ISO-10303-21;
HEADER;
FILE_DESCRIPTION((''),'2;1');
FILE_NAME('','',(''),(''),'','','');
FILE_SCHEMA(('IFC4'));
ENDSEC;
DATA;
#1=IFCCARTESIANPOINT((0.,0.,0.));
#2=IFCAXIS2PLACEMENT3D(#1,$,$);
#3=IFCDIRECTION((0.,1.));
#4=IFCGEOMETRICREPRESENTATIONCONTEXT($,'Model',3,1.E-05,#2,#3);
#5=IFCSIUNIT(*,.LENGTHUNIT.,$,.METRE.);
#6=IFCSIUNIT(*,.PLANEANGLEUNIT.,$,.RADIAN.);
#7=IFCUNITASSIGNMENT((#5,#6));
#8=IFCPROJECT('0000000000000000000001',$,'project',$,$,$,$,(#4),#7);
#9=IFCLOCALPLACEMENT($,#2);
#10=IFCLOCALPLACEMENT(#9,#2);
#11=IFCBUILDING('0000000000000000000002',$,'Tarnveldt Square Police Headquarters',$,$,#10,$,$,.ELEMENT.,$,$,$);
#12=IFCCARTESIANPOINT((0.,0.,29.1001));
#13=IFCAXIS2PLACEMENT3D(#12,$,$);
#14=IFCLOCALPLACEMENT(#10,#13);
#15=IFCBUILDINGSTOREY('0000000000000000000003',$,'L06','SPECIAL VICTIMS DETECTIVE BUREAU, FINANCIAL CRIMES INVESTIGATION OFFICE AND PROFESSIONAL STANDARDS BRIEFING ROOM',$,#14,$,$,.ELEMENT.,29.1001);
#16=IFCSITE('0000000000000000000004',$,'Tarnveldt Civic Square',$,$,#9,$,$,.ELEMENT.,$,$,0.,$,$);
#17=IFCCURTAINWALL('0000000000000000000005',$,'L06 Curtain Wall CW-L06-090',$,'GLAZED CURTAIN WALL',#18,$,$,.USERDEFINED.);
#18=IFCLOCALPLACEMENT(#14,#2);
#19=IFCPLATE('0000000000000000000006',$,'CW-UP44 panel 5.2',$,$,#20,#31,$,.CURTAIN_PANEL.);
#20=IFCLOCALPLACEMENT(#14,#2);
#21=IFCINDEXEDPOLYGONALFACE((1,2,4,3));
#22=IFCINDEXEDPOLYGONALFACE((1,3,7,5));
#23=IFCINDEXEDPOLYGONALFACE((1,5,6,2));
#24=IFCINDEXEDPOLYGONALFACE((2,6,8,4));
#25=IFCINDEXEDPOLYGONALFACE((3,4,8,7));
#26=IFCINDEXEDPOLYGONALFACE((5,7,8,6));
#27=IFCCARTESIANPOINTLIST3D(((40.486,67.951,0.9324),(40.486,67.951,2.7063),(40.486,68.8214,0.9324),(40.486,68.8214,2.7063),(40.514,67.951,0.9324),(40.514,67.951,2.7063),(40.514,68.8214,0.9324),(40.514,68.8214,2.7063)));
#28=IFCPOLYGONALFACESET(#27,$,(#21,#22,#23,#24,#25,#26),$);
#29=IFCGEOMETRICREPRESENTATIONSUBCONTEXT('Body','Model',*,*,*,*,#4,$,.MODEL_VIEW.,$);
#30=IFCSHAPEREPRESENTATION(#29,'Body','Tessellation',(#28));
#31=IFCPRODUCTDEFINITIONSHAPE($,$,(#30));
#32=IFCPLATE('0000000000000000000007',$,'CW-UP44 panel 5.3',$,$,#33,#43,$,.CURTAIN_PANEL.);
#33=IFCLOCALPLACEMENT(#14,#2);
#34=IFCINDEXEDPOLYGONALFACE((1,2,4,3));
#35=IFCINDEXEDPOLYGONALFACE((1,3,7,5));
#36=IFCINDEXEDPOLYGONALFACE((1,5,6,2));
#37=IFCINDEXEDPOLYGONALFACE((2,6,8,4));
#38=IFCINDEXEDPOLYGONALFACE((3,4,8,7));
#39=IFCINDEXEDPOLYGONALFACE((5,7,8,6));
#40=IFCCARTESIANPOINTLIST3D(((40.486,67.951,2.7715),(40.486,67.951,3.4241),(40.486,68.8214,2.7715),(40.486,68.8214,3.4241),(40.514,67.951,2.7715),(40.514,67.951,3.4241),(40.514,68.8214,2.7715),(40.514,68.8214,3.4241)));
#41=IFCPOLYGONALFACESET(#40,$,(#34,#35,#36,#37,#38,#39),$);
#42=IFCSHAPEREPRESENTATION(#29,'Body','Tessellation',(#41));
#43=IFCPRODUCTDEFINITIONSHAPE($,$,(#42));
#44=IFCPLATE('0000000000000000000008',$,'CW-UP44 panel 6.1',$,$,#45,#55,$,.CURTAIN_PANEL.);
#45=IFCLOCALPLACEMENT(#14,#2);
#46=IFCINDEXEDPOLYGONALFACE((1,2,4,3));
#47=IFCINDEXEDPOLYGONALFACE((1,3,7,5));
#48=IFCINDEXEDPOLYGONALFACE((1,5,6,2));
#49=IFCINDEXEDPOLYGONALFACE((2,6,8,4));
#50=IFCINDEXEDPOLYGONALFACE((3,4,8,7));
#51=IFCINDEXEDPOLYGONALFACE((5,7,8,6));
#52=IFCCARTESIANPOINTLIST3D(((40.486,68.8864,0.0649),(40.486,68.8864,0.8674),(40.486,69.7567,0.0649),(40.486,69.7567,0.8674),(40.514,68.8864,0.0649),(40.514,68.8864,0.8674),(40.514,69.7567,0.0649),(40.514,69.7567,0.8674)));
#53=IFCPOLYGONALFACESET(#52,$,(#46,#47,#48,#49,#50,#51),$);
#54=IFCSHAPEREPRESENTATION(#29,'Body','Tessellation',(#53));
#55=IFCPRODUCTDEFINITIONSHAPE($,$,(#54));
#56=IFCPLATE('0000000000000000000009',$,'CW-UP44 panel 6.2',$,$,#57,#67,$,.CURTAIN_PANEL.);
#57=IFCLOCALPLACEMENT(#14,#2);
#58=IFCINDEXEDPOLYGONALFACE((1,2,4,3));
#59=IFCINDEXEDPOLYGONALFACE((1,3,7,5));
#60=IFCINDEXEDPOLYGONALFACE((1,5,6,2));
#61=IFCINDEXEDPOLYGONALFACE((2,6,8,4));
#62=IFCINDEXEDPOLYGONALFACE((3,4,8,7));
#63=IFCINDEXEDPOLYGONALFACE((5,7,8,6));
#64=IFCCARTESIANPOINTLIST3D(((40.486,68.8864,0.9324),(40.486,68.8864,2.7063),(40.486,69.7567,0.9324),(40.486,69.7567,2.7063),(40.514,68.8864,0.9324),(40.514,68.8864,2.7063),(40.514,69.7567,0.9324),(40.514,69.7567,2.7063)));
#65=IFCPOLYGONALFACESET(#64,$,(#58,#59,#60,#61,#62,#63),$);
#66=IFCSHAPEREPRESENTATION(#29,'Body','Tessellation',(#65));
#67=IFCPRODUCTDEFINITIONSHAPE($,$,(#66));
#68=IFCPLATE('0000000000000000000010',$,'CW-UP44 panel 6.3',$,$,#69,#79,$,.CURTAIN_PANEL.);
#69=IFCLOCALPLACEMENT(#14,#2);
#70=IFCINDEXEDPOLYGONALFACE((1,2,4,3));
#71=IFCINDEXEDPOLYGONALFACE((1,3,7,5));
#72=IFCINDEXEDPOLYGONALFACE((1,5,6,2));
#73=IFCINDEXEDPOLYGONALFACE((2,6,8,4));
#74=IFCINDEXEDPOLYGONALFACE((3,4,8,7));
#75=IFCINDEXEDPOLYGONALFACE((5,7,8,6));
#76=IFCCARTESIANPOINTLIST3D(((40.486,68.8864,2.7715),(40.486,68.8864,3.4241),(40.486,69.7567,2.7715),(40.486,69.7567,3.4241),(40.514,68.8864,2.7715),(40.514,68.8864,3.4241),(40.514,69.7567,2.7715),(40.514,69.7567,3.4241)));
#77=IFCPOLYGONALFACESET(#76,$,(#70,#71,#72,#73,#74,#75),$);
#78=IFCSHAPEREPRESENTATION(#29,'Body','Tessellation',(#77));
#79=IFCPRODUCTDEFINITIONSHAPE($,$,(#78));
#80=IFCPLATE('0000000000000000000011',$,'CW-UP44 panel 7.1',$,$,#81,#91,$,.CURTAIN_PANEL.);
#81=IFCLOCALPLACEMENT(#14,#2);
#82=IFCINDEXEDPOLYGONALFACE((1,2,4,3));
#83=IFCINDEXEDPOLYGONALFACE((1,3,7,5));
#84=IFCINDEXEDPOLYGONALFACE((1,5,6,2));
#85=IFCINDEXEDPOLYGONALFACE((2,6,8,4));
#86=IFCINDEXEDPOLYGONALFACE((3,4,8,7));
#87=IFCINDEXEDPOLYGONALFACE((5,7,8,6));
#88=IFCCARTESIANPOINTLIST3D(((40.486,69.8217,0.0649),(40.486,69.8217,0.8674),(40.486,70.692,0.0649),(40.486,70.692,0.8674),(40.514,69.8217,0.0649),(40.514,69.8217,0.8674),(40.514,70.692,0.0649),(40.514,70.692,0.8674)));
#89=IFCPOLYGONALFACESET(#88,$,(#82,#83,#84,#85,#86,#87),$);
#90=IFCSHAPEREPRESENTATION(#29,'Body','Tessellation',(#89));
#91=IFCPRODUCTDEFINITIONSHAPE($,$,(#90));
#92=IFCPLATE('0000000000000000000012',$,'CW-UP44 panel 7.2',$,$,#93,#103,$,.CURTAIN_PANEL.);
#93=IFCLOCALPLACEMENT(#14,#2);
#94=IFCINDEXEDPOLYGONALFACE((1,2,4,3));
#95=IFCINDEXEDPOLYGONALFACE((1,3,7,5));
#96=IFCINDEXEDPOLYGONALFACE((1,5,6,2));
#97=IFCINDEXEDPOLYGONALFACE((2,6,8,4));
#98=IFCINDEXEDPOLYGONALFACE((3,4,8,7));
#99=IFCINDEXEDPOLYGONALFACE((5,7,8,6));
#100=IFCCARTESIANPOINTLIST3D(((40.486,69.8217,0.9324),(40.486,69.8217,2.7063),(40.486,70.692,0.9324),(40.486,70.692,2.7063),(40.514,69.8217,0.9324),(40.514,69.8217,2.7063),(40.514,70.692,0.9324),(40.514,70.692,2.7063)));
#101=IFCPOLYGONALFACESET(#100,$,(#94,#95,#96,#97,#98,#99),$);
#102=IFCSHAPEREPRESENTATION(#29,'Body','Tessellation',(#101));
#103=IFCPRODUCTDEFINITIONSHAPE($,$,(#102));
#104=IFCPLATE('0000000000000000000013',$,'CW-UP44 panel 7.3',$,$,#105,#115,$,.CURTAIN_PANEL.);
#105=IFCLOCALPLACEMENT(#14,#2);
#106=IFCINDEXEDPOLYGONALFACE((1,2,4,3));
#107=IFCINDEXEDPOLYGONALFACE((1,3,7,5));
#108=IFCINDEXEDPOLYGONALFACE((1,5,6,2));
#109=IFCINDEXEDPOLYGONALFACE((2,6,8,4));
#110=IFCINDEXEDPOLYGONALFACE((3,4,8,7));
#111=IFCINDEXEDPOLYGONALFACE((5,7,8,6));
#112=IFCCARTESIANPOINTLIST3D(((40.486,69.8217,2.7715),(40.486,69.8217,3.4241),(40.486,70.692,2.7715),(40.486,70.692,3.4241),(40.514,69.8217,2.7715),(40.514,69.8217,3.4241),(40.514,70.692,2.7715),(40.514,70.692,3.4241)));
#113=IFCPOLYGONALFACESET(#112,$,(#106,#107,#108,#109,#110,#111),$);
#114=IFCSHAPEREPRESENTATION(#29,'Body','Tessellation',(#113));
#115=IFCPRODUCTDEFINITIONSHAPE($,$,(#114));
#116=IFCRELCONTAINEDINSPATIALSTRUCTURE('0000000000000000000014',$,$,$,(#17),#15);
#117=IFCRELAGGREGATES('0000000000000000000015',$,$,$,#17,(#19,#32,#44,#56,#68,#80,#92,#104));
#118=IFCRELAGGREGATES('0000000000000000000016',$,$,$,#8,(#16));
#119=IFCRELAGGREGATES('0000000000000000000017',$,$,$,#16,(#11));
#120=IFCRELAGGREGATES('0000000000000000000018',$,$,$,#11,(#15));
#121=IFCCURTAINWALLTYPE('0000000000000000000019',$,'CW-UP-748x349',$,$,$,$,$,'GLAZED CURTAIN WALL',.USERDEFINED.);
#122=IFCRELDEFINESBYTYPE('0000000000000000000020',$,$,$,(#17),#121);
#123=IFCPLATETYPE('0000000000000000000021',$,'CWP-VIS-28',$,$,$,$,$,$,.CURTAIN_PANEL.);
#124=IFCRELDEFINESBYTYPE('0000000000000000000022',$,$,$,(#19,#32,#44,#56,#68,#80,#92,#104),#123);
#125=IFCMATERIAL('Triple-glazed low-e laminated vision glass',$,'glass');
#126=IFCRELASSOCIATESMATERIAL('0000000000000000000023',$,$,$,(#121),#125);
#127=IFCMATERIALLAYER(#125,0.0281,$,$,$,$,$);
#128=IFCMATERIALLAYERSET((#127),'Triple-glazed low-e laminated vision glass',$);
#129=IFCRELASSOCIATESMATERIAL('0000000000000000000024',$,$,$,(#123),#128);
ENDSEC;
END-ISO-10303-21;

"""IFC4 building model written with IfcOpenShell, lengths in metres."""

from ifc_helpers import new_model, si_unit, direction, frame, origin, origin_2d, place, context, subcontext, project, spatial, rectangle, extrude, material, layer, layer_set, type_object, element, aggregate, save


model = new_model("IFC4")

# Units and contexts
model_context = context("Model", 3, precision=1e-05, world=origin(), true_north=direction((0.0, 1.0)))
body_context = subcontext(model_context, "Body", "Model", "MODEL_VIEW")
ifc_project = project(units=[si_unit("LENGTHUNIT", "METRE"), si_unit("PLANEANGLEUNIT", "RADIAN")], contexts=[model_context])

# Site, building, storey
site_placement = place(None, origin())
site = spatial("IfcSite", under=ifc_project, at=site_placement, Name="Tarnveldt Civic Square", CompositionType="ELEMENT", RefElevation=0.0)
building_placement = place(site_placement, origin())
building = spatial("IfcBuilding", under=site, at=building_placement, Name="Tarnveldt Square Police Headquarters", CompositionType="ELEMENT")
storey_placement = place(building_placement, frame((0.0, 0.0, 29.1001)))
storey = spatial("IfcBuildingStorey", under=building, at=storey_placement, Name="L06", Description="SPECIAL VICTIMS DETECTIVE BUREAU, FINANCIAL CRIMES INVESTIGATION OFFICE AND PROFESSIONAL STANDARDS BRIEFING ROOM", CompositionType="ELEMENT", Elevation=29.1001)

# Curtain wall, plates
ifc_material_1 = material(Name="Triple-glazed low-e laminated vision glass", Category="glass")
curtain_wall_type = type_object("IfcCurtainWallType", Name="CW-UP-748x349", ElementType="GLAZED CURTAIN WALL", PredefinedType="USERDEFINED", material=ifc_material_1)
curtain_wall_placement = place(storey_placement, origin())
curtain_wall = element("IfcCurtainWall", 1, at=curtain_wall_placement, inside=storey, type_object=curtain_wall_type, Name="L06 Curtain Wall CW-L06-090", ObjectType="GLAZED CURTAIN WALL", PredefinedType="USERDEFINED")
ifc_layer = layer(ifc_material_1, 0.0281)
ifc_layer_set = layer_set([ifc_layer], Name="Triple-glazed low-e laminated vision glass")
plate_type = type_object("IfcPlateType", Name="CWP-VIS-28", PredefinedType="CURTAIN_PANEL", material=ifc_layer_set)
plate_1_placement = place(storey_placement, frame((40.5, 68.3862, 0.9324), z_axis=(0.0, 0.0, 1.0), x_axis=(0.0, 1.0, 0.0)))
plate_1 = element("IfcPlate", 2, at=plate_1_placement, type_object=plate_type, Name="CW-UP44 panel 5.2", PredefinedType="CURTAIN_PANEL", context=body_context, shape_type="SweptSolid", body=[
    extrude(rectangle(XDim=0.8704, YDim=0.0281, at=origin_2d()), origin(), (0.0, 0.0, 1.0), 1.7739),
])
plate_2_placement = place(storey_placement, frame((40.5, 68.3862, 2.7715), z_axis=(0.0, 0.0, 1.0), x_axis=(0.0, 1.0, 0.0)))
plate_2 = element("IfcPlate", 3, at=plate_2_placement, type_object=plate_type, Name="CW-UP44 panel 5.3", PredefinedType="CURTAIN_PANEL", context=body_context, shape_type="SweptSolid", body=[
    extrude(rectangle(XDim=0.8704, YDim=0.0281, at=origin_2d()), origin(), (0.0, 0.0, 1.0), 0.6526),
])
plate_3_placement = place(storey_placement, frame((40.5, 69.3215, 0.0649), z_axis=(0.0, 0.0, 1.0), x_axis=(0.0, 1.0, 0.0)))
plate_3 = element("IfcPlate", 4, at=plate_3_placement, type_object=plate_type, Name="CW-UP44 panel 6.1", PredefinedType="CURTAIN_PANEL", context=body_context, shape_type="SweptSolid", body=[
    extrude(rectangle(XDim=0.8704, YDim=0.0281, at=origin_2d()), origin(), (0.0, 0.0, 1.0), 0.8025),
])
plate_4_placement = place(storey_placement, frame((40.5, 69.3215, 0.9324), z_axis=(0.0, 0.0, 1.0), x_axis=(0.0, 1.0, 0.0)))
plate_4 = element("IfcPlate", 5, at=plate_4_placement, type_object=plate_type, Name="CW-UP44 panel 6.2", PredefinedType="CURTAIN_PANEL", context=body_context, shape_type="SweptSolid", body=[
    extrude(rectangle(XDim=0.8704, YDim=0.0281, at=origin_2d()), origin(), (0.0, 0.0, 1.0), 1.7739),
])
plate_5_placement = place(storey_placement, frame((40.5, 69.3215, 2.7715), z_axis=(0.0, 0.0, 1.0), x_axis=(0.0, 1.0, 0.0)))
plate_5 = element("IfcPlate", 6, at=plate_5_placement, type_object=plate_type, Name="CW-UP44 panel 6.3", PredefinedType="CURTAIN_PANEL", context=body_context, shape_type="SweptSolid", body=[
    extrude(rectangle(XDim=0.8704, YDim=0.0281, at=origin_2d()), origin(), (0.0, 0.0, 1.0), 0.6526),
])
plate_6_placement = place(storey_placement, frame((40.5, 70.2568, 0.0649), z_axis=(0.0, 0.0, 1.0), x_axis=(0.0, 1.0, 0.0)))
plate_6 = element("IfcPlate", 7, at=plate_6_placement, type_object=plate_type, Name="CW-UP44 panel 7.1", PredefinedType="CURTAIN_PANEL", context=body_context, shape_type="SweptSolid", body=[
    extrude(rectangle(XDim=0.8704, YDim=0.0281, at=origin_2d()), origin(), (0.0, 0.0, 1.0), 0.8025),
])
plate_7_placement = place(storey_placement, frame((40.5, 70.2568, 0.9324), z_axis=(0.0, 0.0, 1.0), x_axis=(0.0, 1.0, 0.0)))
plate_7 = element("IfcPlate", 8, at=plate_7_placement, type_object=plate_type, Name="CW-UP44 panel 7.2", PredefinedType="CURTAIN_PANEL", context=body_context, shape_type="SweptSolid", body=[
    extrude(rectangle(XDim=0.8704, YDim=0.0281, at=origin_2d()), origin(), (0.0, 0.0, 1.0), 1.7739),
])
plate_8_placement = place(storey_placement, frame((40.5, 70.2568, 2.7715), z_axis=(0.0, 0.0, 1.0), x_axis=(0.0, 1.0, 0.0)))
plate_8 = element("IfcPlate", 9, at=plate_8_placement, type_object=plate_type, Name="CW-UP44 panel 7.3", PredefinedType="CURTAIN_PANEL", context=body_context, shape_type="SweptSolid", body=[
    extrude(rectangle(XDim=0.8704, YDim=0.0281, at=origin_2d()), origin(), (0.0, 0.0, 1.0), 0.6526),
])
aggregate(curtain_wall, [plate_1, plate_2, plate_3, plate_4, plate_5, plate_6, plate_7, plate_8])

save(model, "model.ifc")
